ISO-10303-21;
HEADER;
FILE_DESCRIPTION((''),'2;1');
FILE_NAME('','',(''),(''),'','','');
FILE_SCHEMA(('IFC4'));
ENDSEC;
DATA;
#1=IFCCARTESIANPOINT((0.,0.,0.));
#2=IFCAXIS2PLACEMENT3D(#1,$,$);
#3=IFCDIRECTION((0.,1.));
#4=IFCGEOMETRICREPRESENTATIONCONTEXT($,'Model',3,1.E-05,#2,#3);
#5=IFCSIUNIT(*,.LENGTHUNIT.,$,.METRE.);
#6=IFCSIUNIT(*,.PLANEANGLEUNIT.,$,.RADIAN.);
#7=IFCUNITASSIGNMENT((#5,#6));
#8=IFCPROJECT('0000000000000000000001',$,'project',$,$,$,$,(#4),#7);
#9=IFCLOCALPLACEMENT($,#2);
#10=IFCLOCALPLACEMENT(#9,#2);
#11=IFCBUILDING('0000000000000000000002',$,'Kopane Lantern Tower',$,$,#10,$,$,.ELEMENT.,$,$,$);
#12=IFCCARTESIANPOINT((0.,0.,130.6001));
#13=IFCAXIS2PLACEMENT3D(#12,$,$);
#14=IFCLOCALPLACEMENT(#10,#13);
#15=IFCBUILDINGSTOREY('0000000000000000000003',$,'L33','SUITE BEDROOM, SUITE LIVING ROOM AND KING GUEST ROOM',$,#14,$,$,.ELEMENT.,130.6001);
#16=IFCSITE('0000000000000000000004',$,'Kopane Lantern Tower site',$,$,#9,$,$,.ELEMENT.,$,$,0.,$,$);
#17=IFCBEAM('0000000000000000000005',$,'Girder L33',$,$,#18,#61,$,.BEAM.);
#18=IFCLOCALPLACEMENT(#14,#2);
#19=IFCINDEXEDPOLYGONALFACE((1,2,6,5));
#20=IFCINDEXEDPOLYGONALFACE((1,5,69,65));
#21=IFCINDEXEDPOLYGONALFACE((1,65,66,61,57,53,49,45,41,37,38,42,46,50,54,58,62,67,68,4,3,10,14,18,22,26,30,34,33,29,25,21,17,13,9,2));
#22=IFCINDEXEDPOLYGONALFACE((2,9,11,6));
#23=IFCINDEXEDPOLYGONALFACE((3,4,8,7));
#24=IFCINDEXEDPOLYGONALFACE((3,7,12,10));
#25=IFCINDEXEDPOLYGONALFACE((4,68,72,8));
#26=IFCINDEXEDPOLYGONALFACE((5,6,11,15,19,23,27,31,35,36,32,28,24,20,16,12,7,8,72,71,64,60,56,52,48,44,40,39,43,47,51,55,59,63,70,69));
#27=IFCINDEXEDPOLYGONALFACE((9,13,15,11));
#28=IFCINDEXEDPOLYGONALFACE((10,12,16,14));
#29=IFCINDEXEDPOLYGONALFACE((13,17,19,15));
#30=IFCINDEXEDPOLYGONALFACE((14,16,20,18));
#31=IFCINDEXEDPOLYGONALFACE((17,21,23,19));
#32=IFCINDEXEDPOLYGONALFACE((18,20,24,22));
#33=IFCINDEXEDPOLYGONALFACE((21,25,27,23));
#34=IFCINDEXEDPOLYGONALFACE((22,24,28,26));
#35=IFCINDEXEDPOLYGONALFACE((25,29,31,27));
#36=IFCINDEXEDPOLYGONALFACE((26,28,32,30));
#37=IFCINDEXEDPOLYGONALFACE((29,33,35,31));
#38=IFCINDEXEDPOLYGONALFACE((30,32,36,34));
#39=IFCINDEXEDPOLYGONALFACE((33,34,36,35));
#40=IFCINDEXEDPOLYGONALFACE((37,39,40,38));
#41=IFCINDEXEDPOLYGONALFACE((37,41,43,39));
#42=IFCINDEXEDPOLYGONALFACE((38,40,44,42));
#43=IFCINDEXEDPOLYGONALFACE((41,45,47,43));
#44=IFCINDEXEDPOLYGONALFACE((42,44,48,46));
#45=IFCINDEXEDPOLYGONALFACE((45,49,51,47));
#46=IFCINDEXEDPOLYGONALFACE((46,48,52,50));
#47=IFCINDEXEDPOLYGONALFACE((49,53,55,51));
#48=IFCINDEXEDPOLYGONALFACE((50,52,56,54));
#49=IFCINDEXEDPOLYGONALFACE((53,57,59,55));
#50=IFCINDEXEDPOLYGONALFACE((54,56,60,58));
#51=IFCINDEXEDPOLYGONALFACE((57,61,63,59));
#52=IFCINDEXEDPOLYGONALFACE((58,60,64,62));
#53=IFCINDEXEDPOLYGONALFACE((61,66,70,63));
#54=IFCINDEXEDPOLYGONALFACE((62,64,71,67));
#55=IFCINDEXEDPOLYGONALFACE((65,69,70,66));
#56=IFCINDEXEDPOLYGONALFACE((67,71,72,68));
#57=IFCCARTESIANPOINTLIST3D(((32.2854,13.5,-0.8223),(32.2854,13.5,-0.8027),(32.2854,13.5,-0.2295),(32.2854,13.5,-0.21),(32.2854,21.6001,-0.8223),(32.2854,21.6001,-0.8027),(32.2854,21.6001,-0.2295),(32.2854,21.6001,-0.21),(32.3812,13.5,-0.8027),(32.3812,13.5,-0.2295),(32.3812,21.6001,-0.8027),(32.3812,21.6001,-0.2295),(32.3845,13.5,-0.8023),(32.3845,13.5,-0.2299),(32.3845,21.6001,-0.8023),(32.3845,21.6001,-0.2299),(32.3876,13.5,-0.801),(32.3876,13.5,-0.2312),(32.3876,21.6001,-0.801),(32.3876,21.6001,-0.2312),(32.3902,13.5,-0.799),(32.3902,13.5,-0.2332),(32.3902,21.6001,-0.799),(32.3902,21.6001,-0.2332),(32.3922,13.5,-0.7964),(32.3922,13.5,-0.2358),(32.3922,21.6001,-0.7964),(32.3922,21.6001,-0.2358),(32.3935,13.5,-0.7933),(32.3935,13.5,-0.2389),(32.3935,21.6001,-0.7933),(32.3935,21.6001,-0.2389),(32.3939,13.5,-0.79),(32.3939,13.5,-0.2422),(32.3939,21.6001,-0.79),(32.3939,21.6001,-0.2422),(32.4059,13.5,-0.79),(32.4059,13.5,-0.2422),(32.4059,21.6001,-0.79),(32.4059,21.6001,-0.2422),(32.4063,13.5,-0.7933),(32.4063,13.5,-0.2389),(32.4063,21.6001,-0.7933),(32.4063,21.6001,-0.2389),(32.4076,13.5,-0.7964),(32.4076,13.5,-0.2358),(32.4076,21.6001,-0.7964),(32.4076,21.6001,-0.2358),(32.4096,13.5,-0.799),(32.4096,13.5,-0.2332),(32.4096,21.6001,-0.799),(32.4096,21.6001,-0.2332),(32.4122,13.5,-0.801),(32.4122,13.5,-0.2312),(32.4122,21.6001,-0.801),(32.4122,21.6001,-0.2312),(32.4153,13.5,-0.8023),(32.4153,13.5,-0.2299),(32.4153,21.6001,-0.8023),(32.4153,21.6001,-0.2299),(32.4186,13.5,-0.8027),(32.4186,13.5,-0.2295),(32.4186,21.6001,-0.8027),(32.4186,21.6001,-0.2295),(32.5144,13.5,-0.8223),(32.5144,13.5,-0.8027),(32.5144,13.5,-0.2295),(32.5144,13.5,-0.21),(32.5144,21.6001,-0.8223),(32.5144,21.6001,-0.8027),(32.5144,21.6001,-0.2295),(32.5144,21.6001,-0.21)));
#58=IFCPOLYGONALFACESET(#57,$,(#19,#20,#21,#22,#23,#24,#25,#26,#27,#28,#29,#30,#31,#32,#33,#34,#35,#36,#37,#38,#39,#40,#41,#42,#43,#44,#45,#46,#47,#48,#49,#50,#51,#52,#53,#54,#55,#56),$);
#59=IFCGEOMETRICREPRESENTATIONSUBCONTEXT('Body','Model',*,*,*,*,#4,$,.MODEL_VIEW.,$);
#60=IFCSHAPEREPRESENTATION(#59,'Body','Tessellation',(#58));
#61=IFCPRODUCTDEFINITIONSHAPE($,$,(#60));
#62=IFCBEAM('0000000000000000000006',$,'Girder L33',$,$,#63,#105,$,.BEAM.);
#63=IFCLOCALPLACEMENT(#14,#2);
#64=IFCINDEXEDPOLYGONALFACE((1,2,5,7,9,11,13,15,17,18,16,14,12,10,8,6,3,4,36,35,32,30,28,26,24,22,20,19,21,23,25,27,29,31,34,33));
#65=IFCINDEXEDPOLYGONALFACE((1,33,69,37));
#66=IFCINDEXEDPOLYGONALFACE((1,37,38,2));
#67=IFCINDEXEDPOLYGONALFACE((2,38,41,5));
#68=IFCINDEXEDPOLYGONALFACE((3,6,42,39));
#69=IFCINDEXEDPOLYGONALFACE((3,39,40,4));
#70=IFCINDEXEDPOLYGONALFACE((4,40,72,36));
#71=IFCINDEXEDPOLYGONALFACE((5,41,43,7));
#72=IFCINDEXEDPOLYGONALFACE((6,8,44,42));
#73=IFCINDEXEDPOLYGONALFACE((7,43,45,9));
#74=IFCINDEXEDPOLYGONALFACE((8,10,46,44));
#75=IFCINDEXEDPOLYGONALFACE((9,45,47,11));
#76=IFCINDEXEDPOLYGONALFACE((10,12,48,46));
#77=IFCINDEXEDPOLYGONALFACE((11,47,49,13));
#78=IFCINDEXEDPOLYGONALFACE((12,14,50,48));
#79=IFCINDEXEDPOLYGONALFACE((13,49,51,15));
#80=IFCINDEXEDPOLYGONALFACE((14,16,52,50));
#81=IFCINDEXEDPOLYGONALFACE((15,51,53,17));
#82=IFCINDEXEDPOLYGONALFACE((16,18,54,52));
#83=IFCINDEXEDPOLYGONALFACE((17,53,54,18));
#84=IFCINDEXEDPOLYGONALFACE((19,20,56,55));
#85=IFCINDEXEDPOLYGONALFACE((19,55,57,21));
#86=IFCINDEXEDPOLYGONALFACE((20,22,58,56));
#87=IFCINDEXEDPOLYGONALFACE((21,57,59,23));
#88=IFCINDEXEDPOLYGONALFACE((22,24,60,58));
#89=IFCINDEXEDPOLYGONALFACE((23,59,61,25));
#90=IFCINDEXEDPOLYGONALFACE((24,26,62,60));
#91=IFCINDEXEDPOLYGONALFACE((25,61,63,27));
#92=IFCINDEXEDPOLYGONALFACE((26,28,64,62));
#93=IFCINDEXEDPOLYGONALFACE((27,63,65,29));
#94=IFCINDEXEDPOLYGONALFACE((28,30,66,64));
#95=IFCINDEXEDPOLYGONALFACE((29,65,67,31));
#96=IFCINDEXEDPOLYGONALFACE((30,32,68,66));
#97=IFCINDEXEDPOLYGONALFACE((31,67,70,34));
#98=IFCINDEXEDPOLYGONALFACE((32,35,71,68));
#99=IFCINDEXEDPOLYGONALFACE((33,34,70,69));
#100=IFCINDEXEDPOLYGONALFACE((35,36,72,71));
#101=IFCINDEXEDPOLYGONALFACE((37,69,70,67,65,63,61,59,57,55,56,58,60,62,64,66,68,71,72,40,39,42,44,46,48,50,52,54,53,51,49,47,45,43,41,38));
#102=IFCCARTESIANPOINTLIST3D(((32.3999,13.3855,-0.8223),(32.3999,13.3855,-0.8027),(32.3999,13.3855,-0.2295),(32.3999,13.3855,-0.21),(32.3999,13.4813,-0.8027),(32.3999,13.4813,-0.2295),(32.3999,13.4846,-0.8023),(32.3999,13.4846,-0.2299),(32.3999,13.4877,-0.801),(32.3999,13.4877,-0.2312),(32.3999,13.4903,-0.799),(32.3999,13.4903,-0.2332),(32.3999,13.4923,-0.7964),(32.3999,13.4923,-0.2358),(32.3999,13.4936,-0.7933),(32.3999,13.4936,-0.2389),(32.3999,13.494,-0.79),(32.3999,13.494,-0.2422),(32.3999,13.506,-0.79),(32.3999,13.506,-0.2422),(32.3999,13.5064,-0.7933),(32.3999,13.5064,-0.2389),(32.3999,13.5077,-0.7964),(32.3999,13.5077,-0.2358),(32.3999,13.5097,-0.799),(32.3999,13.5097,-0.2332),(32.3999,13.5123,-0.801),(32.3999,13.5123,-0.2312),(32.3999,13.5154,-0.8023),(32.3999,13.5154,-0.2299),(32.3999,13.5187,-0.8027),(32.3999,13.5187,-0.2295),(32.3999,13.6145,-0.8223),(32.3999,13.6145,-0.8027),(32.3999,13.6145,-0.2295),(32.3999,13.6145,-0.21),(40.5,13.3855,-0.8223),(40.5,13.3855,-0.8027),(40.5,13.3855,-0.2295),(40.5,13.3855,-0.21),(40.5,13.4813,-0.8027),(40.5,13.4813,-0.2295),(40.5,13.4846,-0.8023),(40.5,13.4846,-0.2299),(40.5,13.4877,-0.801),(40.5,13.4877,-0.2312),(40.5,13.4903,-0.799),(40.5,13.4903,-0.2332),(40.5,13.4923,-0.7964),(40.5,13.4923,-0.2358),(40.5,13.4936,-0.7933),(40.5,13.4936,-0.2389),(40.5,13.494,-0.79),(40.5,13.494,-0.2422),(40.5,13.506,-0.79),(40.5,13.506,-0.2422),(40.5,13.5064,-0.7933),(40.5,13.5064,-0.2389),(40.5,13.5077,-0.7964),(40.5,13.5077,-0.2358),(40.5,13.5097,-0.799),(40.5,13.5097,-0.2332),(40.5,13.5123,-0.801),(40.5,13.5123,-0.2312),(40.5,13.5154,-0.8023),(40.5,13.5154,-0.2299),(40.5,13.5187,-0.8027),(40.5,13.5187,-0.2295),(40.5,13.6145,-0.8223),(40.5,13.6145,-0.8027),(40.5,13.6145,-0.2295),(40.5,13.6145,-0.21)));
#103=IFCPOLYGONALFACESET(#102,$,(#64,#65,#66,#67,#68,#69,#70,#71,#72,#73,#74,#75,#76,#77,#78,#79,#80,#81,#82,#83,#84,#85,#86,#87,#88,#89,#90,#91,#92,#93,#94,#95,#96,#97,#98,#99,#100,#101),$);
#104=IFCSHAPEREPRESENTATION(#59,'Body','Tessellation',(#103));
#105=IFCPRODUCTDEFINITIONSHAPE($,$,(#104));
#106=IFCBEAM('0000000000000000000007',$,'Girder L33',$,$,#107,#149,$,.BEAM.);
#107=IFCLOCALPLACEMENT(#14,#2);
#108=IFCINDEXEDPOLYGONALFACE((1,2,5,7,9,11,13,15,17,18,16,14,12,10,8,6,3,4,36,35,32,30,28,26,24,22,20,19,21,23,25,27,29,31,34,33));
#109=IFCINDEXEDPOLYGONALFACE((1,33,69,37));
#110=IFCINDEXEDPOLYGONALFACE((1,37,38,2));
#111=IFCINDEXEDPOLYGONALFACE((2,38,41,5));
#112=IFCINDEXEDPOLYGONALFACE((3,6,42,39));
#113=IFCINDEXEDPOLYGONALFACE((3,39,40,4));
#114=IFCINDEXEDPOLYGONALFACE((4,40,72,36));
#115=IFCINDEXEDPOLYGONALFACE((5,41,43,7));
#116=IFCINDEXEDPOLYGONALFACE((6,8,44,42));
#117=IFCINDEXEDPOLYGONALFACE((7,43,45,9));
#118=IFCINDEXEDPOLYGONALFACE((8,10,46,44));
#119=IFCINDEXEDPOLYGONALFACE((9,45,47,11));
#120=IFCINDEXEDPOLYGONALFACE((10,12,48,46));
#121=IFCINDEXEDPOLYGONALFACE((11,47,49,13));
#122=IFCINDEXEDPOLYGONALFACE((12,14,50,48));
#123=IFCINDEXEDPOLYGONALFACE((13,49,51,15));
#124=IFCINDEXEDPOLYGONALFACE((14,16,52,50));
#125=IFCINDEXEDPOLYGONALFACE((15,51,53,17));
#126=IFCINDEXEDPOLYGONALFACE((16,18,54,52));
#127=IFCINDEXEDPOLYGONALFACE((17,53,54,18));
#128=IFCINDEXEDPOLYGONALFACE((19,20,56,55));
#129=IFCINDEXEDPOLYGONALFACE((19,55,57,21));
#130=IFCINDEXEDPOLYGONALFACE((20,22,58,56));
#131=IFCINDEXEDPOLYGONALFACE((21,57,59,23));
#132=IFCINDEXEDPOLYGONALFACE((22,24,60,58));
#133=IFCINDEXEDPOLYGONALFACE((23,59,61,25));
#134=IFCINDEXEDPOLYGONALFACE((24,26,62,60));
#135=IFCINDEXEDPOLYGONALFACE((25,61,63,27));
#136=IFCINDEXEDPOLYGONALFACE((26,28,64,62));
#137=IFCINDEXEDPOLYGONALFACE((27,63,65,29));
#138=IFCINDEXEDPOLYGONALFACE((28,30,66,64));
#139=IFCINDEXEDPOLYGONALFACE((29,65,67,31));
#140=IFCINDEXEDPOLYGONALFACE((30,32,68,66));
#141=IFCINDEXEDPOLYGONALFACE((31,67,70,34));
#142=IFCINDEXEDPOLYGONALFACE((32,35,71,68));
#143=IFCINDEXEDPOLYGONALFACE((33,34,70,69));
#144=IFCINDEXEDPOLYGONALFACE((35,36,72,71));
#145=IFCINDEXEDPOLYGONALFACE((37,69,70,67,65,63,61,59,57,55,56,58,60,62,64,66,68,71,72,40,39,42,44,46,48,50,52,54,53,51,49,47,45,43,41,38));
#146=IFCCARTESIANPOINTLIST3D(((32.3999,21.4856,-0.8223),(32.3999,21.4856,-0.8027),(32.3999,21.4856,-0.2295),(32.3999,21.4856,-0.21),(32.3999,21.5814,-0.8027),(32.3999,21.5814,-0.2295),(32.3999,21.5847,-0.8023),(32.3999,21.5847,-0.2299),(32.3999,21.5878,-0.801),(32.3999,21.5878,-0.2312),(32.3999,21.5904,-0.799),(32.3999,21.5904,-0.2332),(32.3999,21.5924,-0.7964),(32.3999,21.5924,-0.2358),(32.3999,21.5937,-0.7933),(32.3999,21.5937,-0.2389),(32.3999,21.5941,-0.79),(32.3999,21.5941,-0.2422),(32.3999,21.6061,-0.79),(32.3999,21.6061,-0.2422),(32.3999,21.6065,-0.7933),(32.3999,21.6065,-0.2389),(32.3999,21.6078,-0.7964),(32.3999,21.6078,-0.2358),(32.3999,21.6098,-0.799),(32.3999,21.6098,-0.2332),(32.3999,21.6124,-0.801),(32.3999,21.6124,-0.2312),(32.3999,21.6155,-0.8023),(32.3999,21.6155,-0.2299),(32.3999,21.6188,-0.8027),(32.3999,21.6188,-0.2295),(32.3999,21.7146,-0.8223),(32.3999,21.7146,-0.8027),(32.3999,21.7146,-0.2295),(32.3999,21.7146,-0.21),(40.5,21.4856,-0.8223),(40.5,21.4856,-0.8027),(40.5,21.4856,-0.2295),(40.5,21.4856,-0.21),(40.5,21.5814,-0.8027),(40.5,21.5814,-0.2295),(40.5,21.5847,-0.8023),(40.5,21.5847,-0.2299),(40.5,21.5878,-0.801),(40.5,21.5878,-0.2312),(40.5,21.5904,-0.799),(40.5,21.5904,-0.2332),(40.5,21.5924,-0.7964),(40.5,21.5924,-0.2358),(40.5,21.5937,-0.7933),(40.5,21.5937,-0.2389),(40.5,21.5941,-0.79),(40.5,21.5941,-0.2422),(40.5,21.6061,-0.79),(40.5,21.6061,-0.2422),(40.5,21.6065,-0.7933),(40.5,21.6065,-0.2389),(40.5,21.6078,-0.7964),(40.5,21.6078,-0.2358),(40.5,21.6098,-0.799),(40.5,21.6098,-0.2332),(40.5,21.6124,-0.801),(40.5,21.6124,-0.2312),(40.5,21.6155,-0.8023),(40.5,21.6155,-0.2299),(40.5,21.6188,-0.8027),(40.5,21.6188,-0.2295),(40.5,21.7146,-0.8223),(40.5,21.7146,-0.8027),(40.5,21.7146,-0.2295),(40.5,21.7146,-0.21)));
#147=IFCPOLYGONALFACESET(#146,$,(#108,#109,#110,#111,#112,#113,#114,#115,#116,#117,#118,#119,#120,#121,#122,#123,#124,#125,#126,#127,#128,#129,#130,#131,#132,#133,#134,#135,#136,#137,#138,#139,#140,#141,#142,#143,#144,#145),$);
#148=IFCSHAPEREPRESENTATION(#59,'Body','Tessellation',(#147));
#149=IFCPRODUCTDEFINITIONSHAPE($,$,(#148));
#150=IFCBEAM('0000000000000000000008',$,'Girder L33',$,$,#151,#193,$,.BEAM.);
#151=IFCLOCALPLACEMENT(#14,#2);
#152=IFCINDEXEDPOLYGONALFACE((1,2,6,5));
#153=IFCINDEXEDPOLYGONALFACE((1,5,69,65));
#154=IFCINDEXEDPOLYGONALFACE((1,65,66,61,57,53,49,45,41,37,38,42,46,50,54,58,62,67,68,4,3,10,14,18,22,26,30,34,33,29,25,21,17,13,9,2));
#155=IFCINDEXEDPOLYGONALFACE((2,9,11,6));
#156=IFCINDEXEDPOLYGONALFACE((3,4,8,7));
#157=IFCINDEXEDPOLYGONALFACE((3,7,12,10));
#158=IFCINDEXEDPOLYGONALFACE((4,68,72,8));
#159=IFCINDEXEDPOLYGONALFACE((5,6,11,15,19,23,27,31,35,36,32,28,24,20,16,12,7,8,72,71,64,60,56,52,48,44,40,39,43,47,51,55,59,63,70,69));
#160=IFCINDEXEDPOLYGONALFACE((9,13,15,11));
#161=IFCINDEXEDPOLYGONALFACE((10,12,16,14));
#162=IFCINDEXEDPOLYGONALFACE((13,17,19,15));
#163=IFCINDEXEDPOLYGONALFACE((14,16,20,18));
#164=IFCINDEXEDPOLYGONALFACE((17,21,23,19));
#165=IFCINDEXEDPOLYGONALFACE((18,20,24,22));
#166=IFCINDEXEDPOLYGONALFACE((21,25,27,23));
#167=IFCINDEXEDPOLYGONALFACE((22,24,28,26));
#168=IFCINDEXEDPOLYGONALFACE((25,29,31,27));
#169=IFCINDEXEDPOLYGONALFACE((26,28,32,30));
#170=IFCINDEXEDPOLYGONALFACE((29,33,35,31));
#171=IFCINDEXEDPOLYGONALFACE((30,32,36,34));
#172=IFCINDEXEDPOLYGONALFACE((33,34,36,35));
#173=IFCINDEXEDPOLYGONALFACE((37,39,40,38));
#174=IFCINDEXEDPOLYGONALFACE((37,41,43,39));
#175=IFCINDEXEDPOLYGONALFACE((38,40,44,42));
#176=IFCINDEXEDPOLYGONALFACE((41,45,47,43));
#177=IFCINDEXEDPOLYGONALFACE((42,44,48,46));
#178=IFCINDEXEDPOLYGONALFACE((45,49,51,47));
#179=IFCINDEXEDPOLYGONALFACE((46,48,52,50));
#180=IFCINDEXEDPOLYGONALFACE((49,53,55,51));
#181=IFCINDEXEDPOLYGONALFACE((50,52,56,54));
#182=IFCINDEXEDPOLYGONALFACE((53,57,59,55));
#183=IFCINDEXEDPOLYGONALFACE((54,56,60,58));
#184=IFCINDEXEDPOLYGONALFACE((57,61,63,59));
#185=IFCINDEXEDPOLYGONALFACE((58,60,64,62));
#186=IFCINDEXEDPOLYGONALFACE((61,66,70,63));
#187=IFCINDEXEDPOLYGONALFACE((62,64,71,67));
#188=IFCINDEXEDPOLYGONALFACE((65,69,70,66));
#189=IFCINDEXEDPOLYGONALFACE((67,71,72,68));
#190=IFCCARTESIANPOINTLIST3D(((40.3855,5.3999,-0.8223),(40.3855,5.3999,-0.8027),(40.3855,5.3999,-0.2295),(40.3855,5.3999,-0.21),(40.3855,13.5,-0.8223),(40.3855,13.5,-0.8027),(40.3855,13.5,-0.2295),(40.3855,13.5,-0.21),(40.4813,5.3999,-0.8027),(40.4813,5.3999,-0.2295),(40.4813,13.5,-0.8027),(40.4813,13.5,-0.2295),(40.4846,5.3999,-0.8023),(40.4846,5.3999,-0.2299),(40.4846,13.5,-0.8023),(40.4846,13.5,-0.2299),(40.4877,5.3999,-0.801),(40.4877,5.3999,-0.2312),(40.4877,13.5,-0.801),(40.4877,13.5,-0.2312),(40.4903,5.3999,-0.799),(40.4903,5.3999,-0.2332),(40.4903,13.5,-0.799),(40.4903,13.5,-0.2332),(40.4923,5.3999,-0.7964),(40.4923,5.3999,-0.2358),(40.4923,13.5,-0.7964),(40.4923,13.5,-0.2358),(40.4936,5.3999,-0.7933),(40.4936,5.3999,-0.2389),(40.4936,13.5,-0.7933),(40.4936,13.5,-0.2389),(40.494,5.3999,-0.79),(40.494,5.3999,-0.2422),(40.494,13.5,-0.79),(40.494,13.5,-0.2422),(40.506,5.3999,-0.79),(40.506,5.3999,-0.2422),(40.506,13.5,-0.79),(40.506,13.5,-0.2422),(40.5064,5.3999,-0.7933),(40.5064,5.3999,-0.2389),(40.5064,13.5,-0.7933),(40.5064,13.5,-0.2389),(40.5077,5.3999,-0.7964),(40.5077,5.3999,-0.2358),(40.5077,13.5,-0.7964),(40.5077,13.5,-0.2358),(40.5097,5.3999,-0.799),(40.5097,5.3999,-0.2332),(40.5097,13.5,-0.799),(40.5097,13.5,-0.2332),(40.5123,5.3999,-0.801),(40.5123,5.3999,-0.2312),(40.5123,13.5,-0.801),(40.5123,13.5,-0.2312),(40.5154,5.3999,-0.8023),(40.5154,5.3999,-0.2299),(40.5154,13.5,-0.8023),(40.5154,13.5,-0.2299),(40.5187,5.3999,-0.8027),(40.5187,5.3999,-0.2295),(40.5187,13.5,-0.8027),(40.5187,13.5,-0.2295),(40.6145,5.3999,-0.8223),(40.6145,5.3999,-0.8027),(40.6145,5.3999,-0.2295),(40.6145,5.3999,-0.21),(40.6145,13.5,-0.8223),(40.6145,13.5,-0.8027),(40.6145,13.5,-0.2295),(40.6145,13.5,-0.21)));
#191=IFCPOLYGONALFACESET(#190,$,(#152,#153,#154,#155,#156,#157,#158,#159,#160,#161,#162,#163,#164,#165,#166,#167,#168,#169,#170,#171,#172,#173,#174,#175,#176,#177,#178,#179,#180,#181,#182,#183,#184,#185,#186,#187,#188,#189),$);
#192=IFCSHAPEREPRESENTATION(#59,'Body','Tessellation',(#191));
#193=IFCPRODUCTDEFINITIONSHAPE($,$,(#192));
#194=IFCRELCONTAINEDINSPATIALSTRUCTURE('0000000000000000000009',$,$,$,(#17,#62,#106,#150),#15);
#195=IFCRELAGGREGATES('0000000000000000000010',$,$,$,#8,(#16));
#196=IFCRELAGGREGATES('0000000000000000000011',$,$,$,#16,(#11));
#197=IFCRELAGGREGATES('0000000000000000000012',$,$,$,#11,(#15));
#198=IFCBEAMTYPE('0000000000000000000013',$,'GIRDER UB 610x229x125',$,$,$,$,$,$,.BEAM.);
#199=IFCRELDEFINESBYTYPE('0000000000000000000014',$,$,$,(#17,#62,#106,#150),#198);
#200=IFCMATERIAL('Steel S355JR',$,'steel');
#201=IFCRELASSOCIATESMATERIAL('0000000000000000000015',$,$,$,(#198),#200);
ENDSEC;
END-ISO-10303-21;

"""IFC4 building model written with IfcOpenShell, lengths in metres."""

from ifc_helpers import new_model, si_unit, direction, frame, origin, origin_2d, place, context, subcontext, project, spatial, i_section, extrude, material, material_profile, profile_set, type_object, element, save


model = new_model("IFC4")

# Units and contexts
model_context = context("Model", 3, precision=1e-05, world=origin(), true_north=direction((0.0, 1.0)))
body_context = subcontext(model_context, "Body", "Model", "MODEL_VIEW")
ifc_project = project(units=[si_unit("LENGTHUNIT", "METRE"), si_unit("PLANEANGLEUNIT", "RADIAN")], contexts=[model_context])

# Site, building, storey
site_placement = place(None, origin())
site = spatial("IfcSite", under=ifc_project, at=site_placement, Name="Kopane Lantern Tower site", CompositionType="ELEMENT", RefElevation=0.0)
building_placement = place(site_placement, origin())
building = spatial("IfcBuilding", under=site, at=building_placement, Name="Kopane Lantern Tower", CompositionType="ELEMENT")
storey_placement = place(building_placement, frame((0.0, 0.0, 130.6001)))
storey = spatial("IfcBuildingStorey", under=building, at=storey_placement, Name="L33", Description="SUITE BEDROOM, SUITE LIVING ROOM AND KING GUEST ROOM", CompositionType="ELEMENT", Elevation=130.6001)

# Beams
ifc_material_1 = material(Name="Steel S355JR", Category="steel")
ifc_material_profile_1 = material_profile(ifc_material_1, i_section(OverallWidth=0.229, OverallDepth=0.6123, WebThickness=0.012, FlangeThickness=0.0195, FilletRadius=0.0127, at=origin_2d()), Name="UB 610x229x125")
ifc_profile_set_1 = profile_set([ifc_material_profile_1], Name="Steel S355JR")
beam_type_1 = type_object("IfcBeamType", Name="GIRDER UB 610x229x125", PredefinedType="BEAM", material=ifc_profile_set_1)
for number, where, z_axis, x_axis, name in (
    (1, (32.3999, 13.5, -0.5161), (0.0, 1.0, 0.0), (-1.0, 0.0, 0.0), "Girder L33"),
    (2, (32.3999, 13.5, -0.5161), (1.0, 0.0, 0.0), (0.0, 1.0, 0.0), "Girder L33"),
    (3, (32.3999, 21.6001, -0.5161), (1.0, 0.0, 0.0), (0.0, 1.0, 0.0), "Girder L33"),
    (4, (40.5, 5.3999, -0.5161), (0.0, 1.0, 0.0), (-1.0, 0.0, 0.0), "Girder L33"),
):
    element("IfcBeam", number, at=place(storey_placement, frame(where, z_axis=z_axis, x_axis=x_axis)), inside=storey, type_object=beam_type_1, Name=name, PredefinedType="BEAM", context=body_context, shape_type="SweptSolid", body=[
        extrude(i_section(OverallWidth=0.229, OverallDepth=0.6123, WebThickness=0.012, FlangeThickness=0.0195, FilletRadius=0.0127, at=origin_2d()), origin(), (0.0, 0.0, 1.0), 8.1001),
    ])

save(model, "model.ifc")
